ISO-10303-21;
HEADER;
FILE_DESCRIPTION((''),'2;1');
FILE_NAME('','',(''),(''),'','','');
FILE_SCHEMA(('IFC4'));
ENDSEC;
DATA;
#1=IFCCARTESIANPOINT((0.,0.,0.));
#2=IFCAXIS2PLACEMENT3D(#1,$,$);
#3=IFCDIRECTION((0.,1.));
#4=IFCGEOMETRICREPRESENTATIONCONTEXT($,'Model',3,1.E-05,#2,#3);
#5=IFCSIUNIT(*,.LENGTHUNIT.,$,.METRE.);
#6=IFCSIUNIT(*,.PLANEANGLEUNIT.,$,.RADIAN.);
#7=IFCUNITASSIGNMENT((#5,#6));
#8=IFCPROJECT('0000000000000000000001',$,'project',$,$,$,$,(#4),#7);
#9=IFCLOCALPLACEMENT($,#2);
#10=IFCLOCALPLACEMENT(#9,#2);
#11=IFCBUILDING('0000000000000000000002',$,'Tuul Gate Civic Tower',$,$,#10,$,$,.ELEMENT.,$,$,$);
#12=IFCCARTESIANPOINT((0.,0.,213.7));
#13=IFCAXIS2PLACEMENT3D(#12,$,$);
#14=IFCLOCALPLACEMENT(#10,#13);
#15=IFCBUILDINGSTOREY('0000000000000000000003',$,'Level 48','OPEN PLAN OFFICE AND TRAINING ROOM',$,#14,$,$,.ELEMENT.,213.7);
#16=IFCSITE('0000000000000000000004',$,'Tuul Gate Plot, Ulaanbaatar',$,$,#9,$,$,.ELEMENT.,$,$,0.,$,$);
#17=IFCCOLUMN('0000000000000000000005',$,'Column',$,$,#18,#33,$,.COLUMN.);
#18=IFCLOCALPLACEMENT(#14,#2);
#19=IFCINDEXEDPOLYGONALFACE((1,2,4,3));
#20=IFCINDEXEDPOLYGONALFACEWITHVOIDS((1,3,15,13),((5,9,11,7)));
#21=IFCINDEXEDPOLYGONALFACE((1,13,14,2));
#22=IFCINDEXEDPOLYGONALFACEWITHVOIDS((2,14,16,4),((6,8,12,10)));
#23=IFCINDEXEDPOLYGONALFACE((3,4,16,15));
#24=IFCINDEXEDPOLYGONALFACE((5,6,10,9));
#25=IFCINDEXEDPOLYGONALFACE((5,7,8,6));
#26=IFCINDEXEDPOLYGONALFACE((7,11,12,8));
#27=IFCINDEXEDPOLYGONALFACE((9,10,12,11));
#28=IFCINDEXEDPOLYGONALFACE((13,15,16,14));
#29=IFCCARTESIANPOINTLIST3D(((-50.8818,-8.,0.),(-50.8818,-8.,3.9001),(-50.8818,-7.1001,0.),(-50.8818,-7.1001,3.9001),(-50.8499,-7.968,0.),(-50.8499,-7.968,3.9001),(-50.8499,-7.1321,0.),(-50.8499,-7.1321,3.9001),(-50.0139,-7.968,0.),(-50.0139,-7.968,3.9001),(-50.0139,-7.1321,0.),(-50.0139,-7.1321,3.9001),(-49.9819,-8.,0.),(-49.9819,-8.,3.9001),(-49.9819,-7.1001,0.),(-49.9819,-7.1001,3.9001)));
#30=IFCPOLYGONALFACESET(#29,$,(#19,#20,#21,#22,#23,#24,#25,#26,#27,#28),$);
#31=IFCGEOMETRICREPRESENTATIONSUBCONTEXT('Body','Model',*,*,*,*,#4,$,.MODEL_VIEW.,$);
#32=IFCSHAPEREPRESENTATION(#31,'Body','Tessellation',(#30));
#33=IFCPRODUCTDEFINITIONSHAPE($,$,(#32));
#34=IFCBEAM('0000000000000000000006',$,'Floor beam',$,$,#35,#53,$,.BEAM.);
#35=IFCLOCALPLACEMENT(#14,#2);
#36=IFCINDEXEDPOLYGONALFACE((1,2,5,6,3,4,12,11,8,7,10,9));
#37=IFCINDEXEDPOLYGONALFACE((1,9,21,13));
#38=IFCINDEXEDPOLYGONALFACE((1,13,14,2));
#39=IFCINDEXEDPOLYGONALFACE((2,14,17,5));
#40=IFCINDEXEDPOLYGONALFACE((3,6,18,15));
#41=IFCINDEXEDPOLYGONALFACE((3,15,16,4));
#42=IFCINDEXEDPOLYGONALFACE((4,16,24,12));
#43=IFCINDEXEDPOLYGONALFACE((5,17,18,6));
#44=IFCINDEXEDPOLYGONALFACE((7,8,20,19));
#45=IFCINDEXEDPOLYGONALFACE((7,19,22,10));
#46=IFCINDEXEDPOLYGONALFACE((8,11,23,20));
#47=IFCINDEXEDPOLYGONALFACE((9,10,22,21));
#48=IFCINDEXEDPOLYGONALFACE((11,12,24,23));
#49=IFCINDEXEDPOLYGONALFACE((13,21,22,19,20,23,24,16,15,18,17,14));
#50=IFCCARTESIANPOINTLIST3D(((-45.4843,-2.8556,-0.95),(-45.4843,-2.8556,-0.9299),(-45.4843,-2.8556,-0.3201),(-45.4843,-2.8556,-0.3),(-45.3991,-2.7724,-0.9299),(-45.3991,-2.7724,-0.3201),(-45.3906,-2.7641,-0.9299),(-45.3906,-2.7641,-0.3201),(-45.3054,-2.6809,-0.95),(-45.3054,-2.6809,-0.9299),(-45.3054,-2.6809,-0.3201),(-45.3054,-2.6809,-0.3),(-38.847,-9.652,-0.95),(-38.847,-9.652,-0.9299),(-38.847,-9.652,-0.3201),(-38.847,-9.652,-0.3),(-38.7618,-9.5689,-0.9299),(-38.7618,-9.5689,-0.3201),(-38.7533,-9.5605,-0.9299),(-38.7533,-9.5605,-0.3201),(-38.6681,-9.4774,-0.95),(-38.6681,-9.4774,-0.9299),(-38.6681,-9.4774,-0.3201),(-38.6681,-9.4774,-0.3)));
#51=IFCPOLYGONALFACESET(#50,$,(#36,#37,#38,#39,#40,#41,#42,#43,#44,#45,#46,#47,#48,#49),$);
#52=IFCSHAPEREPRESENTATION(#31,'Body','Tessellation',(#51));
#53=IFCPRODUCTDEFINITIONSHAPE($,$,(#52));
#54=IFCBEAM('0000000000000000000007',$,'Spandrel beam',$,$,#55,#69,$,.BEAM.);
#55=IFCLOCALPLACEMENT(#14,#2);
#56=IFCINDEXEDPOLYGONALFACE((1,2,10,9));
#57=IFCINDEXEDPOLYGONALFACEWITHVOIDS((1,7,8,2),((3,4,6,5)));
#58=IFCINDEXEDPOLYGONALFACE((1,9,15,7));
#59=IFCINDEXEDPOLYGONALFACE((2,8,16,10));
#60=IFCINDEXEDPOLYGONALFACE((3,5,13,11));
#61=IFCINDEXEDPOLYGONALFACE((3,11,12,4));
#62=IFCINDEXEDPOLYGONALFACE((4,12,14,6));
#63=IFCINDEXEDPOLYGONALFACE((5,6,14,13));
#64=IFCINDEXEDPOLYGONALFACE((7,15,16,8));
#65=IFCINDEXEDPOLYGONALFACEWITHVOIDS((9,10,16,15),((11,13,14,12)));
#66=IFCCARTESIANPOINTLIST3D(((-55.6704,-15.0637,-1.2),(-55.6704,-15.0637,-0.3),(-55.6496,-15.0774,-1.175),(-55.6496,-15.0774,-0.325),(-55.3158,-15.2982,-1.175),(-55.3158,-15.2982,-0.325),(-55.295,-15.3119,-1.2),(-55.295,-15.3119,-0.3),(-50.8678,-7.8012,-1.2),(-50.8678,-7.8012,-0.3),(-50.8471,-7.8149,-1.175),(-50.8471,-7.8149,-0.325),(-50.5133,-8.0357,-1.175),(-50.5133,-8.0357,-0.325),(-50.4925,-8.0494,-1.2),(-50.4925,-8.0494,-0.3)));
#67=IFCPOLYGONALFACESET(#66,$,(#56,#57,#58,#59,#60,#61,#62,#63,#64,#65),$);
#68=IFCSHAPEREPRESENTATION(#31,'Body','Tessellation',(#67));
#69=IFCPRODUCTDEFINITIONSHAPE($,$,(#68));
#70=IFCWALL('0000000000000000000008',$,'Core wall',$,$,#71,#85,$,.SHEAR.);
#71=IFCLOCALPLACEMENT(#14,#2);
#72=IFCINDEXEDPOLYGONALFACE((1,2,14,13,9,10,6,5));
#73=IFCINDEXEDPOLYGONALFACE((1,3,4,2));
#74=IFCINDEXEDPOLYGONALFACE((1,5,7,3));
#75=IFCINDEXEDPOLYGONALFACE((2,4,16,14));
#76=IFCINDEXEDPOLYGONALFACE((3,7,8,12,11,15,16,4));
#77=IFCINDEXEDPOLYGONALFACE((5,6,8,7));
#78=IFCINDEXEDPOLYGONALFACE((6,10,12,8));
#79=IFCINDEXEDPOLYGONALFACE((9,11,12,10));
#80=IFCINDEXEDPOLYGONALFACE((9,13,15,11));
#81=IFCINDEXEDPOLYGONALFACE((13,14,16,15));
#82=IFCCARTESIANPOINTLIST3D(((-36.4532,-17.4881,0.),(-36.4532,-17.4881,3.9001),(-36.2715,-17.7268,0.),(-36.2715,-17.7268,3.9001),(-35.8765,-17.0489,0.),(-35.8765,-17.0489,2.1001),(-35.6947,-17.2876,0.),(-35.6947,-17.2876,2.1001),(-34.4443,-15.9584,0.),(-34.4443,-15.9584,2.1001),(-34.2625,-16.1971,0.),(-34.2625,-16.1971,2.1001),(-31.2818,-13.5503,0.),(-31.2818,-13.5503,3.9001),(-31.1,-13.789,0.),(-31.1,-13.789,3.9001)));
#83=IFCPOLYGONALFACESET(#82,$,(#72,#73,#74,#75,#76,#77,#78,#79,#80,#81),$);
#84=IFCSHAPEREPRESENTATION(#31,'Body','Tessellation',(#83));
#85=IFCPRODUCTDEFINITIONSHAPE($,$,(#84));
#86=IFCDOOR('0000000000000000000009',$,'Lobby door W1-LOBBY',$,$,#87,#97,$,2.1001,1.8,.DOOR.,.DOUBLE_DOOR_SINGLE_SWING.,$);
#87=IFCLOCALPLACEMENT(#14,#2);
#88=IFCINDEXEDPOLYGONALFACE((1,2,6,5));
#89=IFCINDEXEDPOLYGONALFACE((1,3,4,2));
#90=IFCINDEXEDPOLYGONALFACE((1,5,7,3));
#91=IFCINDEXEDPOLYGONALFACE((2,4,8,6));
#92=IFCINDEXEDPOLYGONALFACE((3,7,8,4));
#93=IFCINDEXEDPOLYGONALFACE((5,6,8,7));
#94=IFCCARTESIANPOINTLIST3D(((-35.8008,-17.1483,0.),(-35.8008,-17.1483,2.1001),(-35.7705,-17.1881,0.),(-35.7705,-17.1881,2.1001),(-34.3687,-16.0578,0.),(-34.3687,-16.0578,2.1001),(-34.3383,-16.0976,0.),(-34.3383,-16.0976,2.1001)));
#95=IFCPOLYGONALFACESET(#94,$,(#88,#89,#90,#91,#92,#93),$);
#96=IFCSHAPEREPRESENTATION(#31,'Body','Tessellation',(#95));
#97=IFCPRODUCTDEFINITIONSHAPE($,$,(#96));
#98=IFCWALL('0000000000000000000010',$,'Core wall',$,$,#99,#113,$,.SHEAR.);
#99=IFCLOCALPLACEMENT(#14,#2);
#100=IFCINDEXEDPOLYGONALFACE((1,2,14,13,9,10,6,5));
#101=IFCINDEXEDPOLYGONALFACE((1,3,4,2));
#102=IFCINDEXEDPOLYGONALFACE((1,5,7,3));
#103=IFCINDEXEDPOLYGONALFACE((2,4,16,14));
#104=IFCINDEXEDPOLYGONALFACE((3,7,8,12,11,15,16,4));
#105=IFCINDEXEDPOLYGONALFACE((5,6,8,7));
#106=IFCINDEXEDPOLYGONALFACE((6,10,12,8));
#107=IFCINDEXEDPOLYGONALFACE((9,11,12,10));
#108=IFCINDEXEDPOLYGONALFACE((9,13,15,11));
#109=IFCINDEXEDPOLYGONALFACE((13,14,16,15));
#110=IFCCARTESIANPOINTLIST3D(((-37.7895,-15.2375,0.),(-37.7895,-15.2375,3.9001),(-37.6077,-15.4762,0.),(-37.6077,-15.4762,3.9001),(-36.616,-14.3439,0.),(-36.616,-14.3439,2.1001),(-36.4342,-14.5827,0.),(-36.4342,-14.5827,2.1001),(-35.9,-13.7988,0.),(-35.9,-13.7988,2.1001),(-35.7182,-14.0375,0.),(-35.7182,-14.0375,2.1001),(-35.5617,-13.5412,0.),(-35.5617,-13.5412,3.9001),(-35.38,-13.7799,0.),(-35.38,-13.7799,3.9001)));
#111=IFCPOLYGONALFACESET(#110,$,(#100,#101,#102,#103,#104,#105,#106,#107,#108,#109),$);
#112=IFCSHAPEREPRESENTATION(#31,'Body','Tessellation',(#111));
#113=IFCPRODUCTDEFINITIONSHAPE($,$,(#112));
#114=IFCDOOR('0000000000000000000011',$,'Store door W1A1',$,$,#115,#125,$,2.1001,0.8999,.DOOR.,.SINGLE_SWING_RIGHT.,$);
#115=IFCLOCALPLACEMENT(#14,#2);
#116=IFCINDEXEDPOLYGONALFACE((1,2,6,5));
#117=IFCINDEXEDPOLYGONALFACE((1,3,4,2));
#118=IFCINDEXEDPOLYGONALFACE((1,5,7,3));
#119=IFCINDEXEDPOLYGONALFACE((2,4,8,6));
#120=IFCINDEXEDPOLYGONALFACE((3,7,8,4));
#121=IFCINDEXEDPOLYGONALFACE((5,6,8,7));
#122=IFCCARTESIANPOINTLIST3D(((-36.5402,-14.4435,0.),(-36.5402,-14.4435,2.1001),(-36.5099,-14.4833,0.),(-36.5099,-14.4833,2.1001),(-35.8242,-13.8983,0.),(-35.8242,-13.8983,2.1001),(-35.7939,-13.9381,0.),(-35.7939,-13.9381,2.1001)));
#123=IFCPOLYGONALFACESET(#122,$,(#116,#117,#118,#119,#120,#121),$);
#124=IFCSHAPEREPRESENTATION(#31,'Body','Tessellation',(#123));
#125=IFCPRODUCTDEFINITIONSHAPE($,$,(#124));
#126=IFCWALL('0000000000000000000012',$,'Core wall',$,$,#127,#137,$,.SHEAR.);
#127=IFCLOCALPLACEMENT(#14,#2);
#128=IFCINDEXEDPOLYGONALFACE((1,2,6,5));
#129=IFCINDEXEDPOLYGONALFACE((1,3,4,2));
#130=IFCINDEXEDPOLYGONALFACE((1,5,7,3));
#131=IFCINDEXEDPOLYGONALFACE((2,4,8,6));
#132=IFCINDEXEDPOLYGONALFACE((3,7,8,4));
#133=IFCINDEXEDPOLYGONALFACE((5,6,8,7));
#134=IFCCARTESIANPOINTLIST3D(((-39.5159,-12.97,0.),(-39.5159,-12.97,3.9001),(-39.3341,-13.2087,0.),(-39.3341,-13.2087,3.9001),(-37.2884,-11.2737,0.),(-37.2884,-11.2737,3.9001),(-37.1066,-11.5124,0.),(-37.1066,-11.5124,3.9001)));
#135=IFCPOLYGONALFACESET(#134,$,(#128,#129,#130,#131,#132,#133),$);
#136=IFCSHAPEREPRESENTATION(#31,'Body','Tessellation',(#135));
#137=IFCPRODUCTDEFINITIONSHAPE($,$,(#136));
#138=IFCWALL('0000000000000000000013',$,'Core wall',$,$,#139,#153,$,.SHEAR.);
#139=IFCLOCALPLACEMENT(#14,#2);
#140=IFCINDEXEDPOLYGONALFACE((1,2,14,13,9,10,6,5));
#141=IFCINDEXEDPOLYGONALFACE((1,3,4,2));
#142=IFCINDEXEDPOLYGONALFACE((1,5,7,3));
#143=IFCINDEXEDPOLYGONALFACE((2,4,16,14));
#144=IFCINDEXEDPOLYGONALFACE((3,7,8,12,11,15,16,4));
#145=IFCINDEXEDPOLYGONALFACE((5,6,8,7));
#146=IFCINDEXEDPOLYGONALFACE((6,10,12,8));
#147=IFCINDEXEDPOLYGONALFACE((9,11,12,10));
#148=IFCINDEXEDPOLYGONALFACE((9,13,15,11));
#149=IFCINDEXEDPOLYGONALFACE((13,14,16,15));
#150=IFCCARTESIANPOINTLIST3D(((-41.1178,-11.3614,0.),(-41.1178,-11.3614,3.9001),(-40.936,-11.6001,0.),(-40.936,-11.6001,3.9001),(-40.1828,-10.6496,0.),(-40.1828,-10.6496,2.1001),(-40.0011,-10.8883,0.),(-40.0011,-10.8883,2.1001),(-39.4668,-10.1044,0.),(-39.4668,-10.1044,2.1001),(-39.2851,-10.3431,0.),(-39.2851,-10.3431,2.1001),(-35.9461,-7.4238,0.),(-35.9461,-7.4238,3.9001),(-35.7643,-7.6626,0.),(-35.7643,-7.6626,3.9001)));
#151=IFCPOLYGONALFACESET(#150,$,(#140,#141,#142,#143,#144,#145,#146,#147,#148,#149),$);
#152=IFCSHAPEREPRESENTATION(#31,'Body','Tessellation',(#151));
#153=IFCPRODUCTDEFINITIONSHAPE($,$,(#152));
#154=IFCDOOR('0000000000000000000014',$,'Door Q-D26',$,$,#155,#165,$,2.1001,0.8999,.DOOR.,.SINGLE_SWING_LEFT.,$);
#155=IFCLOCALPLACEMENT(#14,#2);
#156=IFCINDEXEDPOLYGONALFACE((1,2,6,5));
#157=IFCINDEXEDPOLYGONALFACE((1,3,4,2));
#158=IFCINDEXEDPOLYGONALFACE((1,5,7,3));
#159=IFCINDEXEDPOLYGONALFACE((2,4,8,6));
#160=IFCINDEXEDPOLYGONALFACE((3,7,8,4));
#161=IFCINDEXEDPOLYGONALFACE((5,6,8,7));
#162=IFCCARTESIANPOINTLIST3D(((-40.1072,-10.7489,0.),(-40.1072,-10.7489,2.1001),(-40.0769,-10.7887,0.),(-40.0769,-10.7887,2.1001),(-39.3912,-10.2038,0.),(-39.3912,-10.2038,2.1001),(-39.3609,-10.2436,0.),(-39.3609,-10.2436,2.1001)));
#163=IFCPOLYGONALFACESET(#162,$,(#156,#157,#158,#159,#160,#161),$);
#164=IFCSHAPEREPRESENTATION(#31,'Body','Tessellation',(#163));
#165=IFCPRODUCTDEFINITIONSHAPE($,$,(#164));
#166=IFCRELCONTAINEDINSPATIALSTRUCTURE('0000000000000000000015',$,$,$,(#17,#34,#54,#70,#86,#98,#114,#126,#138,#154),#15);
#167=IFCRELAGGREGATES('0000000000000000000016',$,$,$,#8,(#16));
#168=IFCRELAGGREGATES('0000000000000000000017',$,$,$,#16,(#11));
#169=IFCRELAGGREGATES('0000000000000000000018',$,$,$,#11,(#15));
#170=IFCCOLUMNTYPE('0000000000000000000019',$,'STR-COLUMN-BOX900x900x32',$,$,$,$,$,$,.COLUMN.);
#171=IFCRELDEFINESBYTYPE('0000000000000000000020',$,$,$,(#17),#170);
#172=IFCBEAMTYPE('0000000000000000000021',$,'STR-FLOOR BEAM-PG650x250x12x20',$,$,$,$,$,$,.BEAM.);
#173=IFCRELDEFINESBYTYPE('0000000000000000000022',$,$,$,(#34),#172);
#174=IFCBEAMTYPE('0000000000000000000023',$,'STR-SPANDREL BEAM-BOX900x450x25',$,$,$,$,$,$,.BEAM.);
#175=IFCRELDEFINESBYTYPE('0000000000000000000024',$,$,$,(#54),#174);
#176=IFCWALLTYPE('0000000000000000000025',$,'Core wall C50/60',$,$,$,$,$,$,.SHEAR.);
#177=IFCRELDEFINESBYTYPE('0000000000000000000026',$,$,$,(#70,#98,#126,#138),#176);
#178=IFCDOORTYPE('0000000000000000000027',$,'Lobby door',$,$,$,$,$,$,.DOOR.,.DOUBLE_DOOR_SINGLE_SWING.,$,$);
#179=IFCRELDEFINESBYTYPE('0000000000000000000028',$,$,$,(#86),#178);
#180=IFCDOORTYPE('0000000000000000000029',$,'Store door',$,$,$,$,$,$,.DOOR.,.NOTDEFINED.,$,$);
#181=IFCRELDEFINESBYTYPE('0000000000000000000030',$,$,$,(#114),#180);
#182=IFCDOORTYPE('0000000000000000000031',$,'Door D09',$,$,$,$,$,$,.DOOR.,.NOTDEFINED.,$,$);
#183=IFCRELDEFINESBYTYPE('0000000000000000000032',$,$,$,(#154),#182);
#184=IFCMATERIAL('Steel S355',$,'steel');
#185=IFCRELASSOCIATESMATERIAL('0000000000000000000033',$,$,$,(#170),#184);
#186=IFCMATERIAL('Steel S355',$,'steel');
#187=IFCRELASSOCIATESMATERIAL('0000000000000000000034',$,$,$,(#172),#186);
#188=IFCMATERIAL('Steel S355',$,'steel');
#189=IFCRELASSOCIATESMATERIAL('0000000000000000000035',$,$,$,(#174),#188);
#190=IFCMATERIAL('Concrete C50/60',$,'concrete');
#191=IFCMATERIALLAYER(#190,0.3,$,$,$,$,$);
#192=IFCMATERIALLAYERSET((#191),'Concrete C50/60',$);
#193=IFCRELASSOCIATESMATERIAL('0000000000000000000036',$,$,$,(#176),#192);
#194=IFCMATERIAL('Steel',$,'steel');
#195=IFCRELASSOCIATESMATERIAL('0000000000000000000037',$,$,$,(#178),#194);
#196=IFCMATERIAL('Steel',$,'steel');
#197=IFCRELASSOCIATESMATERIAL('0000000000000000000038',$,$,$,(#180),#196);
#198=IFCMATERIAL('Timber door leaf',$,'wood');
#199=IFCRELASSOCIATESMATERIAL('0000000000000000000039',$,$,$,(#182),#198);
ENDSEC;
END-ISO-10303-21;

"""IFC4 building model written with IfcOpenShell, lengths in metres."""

from ifc_helpers import new_model, si_unit, direction, frame, frame_2d, origin, origin_2d, place, context, subcontext, project, spatial, rectangle, hollow_rectangle, i_section, extrude, material, layer, layer_set, material_profile, profile_set, type_object, element, fill, save


model = new_model("IFC4")

# Units and contexts
model_context = context("Model", 3, precision=1e-05, world=origin(), true_north=direction((0.0, 1.0)))
body_context = subcontext(model_context, "Body", "Model", "MODEL_VIEW")
ifc_project = project(units=[si_unit("LENGTHUNIT", "METRE"), si_unit("PLANEANGLEUNIT", "RADIAN")], contexts=[model_context])

# Site, building, storey
site_placement = place(None, origin())
site = spatial("IfcSite", under=ifc_project, at=site_placement, Name="Tuul Gate Plot, Ulaanbaatar", CompositionType="ELEMENT", RefElevation=0.0)
building_placement = place(site_placement, origin())
building = spatial("IfcBuilding", under=site, at=building_placement, Name="Tuul Gate Civic Tower", CompositionType="ELEMENT")
storey_placement = place(building_placement, frame((0.0, 0.0, 213.7)))
storey = spatial("IfcBuildingStorey", under=building, at=storey_placement, Name="Level 48", Description="OPEN PLAN OFFICE AND TRAINING ROOM", CompositionType="ELEMENT", Elevation=213.7)

# Column
ifc_material_1 = material(Name="Steel S355", Category="steel")
ifc_material_profile_1 = material_profile(ifc_material_1, hollow_rectangle(XDim=0.8999, YDim=0.8999, WallThickness=0.032, at=origin_2d()), Name="BOX900x900x32")
ifc_profile_set_1 = profile_set([ifc_material_profile_1], Name="Steel S355")
column_type = type_object("IfcColumnType", Name="STR-COLUMN-BOX900x900x32", PredefinedType="COLUMN", material=ifc_profile_set_1)
column_placement = place(storey_placement, frame((-50.4319, -7.55, 0.0), z_axis=(0.0, 0.0, 1.0), x_axis=(1.0, 0.0, 0.0)))
element("IfcColumn", 1, at=column_placement, inside=storey, type_object=column_type, Name="Column", PredefinedType="COLUMN", context=body_context, shape_type="SweptSolid", body=[
    extrude(hollow_rectangle(XDim=0.8999, YDim=0.8999, WallThickness=0.032, at=origin_2d()), origin(), (0.0, 0.0, 1.0), 3.9001),
])

# Beams
ifc_material_2 = material(Name="Steel S355", Category="steel")
ifc_material_profile_2 = material_profile(ifc_material_2, i_section(OverallWidth=0.25, OverallDepth=0.6499, WebThickness=0.012, FlangeThickness=0.02, at=origin_2d()), Name="PG650x250x12x20")
ifc_profile_set_2 = profile_set([ifc_material_profile_2], Name="Steel S355")
beam_type_1 = type_object("IfcBeamType", Name="STR-FLOOR BEAM-PG650x250x12x20", PredefinedType="BEAM", material=ifc_profile_set_2)
beam_1_placement = place(storey_placement, frame((-38.7576, -9.5647, -0.625), z_axis=(-0.698679, 0.715435, 0.0), x_axis=(-0.715435, -0.698679, 0.0)))
element("IfcBeam", 2, at=beam_1_placement, inside=storey, type_object=beam_type_1, Name="Floor beam", PredefinedType="BEAM", context=body_context, shape_type="SweptSolid", body=[
    extrude(i_section(OverallWidth=0.25, OverallDepth=0.6499, WebThickness=0.012, FlangeThickness=0.02, at=origin_2d()), origin(), (0.0, 0.0, 1.0), 9.4998),
])
ifc_material_3 = material(Name="Steel S355", Category="steel")
ifc_material_profile_3 = material_profile(ifc_material_3, hollow_rectangle(XDim=0.45, YDim=0.8999, WallThickness=0.0249, at=origin_2d()), Name="BOX900x450x25")
ifc_profile_set_3 = profile_set([ifc_material_profile_3], Name="Steel S355")
beam_type_2 = type_object("IfcBeamType", Name="STR-SPANDREL BEAM-BOX900x450x25", PredefinedType="BEAM", material=ifc_profile_set_3)
beam_2_placement = place(storey_placement, frame((-50.6802, -7.9253, -0.75), z_axis=(-0.551584, -0.834119, 0.0), x_axis=(0.834119, -0.551584, 0.0)))
element("IfcBeam", 3, at=beam_2_placement, inside=storey, type_object=beam_type_2, Name="Spandrel beam", PredefinedType="BEAM", context=body_context, shape_type="SweptSolid", body=[
    extrude(hollow_rectangle(XDim=0.45, YDim=0.8999, WallThickness=0.0249, at=origin_2d()), origin(), (0.0, 0.0, 1.0), 8.7068),
])

# Walls, openings, doors
ifc_material_4 = material(Name="Concrete C50/60", Category="concrete")
ifc_layer_1 = layer(ifc_material_4, 0.3)
ifc_layer_set_1 = layer_set([ifc_layer_1], Name="Concrete C50/60")
wall_type_1 = type_object("IfcWallType", Name="Core wall C50/60", PredefinedType="SHEAR", material=ifc_layer_set_1)
wall_1_placement = place(storey_placement, frame((-31.1909, -13.6697, 0.0), z_axis=(0.0, 0.0, 1.0), x_axis=(-0.795607, -0.605813, 0.0)))
wall_1 = element("IfcWall", 4, at=wall_1_placement, inside=storey, type_object=wall_type_1, Name="Core wall", PredefinedType="SHEAR", context=body_context, shape_type="SweptSolid", body=[
    extrude(rectangle(XDim=6.5, YDim=0.3, at=frame_2d((3.25, 0.0))), origin(), (0.0, 0.0, 1.0), 3.9001),
])
opening_1_placement = place(wall_1_placement, frame((3.9751, 0.0, 0.0)))
opening_1 = element("IfcOpeningElement", 5, at=opening_1_placement, cuts=wall_1, PredefinedType="OPENING", context=body_context, shape_type="SweptSolid", body=[
    extrude(rectangle(XDim=1.8, YDim=2.1001, at=frame_2d((0.8999, 1.05))), frame((0.0, 0.1602, 0.0), z_axis=(0.0, -1.0, 0.0), x_axis=(1.0, 0.0, 0.0)), (0.0, 0.0, 1.0), 0.3201),
])
ifc_material_5 = material(Name="Steel", Category="steel")
door_type_1 = type_object("IfcDoorType", Name="Lobby door", OperationType="DOUBLE_DOOR_SINGLE_SWING", PredefinedType="DOOR", material=ifc_material_5)
door_1_placement = place(opening_1_placement, origin())
door_1 = element("IfcDoor", 6, at=door_1_placement, inside=storey, type_object=door_type_1, Name="Lobby door W1-LOBBY", OperationType="DOUBLE_DOOR_SINGLE_SWING", OverallHeight=2.1001, OverallWidth=1.8, PredefinedType="DOOR", context=body_context, shape_type="SweptSolid", body=[
    extrude(rectangle(XDim=1.8, YDim=2.1001, at=frame_2d((0.8999, 1.05))), frame((0.0, 0.0249, 0.0), z_axis=(0.0, -1.0, 0.0), x_axis=(1.0, 0.0, 0.0)), (0.0, 0.0, 1.0), 0.05),
])
fill(opening_1, door_1)
wall_2_placement = place(storey_placement, frame((-35.4709, -13.6606, 0.0), z_axis=(0.0, 0.0, 1.0), x_axis=(-0.795616, -0.605802, 0.0)))
wall_2 = element("IfcWall", 7, at=wall_2_placement, inside=storey, type_object=wall_type_1, Name="Core wall", PredefinedType="SHEAR", context=body_context, shape_type="SweptSolid", body=[
    extrude(rectangle(XDim=2.8, YDim=0.3, at=frame_2d((1.3999, 0.0))), origin(), (0.0, 0.0, 1.0), 3.9001),
])
opening_2_placement = place(wall_2_placement, frame((0.425, 0.0, 0.0)))
opening_2 = element("IfcOpeningElement", 8, at=opening_2_placement, cuts=wall_2, PredefinedType="OPENING", context=body_context, shape_type="SweptSolid", body=[
    extrude(rectangle(XDim=0.8999, YDim=2.1001, at=frame_2d((0.45, 1.05))), frame((0.0, 0.1602, 0.0), z_axis=(0.0, -1.0, 0.0), x_axis=(1.0, 0.0, 0.0)), (0.0, 0.0, 1.0), 0.3201),
])
ifc_material_6 = material(Name="Steel", Category="steel")
door_type_2 = type_object("IfcDoorType", Name="Store door", OperationType="NOTDEFINED", PredefinedType="DOOR", material=ifc_material_6)
door_2_placement = place(opening_2_placement, frame((0.8999, 0.0, 0.0), z_axis=(0.0, 0.0, 1.0), x_axis=(-1.0, 0.0, 0.0)))
door_2 = element("IfcDoor", 9, at=door_2_placement, inside=storey, type_object=door_type_2, Name="Store door W1A1", OperationType="SINGLE_SWING_RIGHT", OverallHeight=2.1001, OverallWidth=0.8999, PredefinedType="DOOR", context=body_context, shape_type="SweptSolid", body=[
    extrude(rectangle(XDim=0.8999, YDim=2.1001, at=frame_2d((0.45, 1.05))), frame((0.0, 0.0249, 0.0), z_axis=(0.0, -1.0, 0.0), x_axis=(1.0, 0.0, 0.0)), (0.0, 0.0, 1.0), 0.05),
])
fill(opening_2, door_2)

# Wall
wall_3_placement = place(storey_placement, frame((-37.1975, -11.3931, 0.0), z_axis=(0.0, 0.0, 1.0), x_axis=(-0.795584, -0.605844, 0.0)))
element("IfcWall", 10, at=wall_3_placement, inside=storey, type_object=wall_type_1, Name="Core wall", PredefinedType="SHEAR", context=body_context, shape_type="SweptSolid", body=[
    extrude(rectangle(XDim=2.7998, YDim=0.3, at=frame_2d((1.3999, 0.0))), origin(), (0.0, 0.0, 1.0), 3.9001),
])

# Wall, opening, door
wall_4_placement = place(storey_placement, frame((-35.8552, -7.5432, 0.0), z_axis=(0.0, 0.0, 1.0), x_axis=(-0.795639, -0.605772, 0.0)))
wall_4 = element("IfcWall", 11, at=wall_4_placement, inside=storey, type_object=wall_type_1, Name="Core wall", PredefinedType="SHEAR", context=body_context, shape_type="SweptSolid", body=[
    extrude(rectangle(XDim=6.5, YDim=0.3, at=frame_2d((3.25, 0.0))), origin(), (0.0, 0.0, 1.0), 3.9001),
])
opening_3_placement = place(wall_4_placement, frame((4.425, 0.0, 0.0)))
opening_3 = element("IfcOpeningElement", 12, at=opening_3_placement, cuts=wall_4, PredefinedType="OPENING", context=body_context, shape_type="SweptSolid", body=[
    extrude(rectangle(XDim=0.8999, YDim=2.1001, at=frame_2d((0.45, 1.05))), frame((0.0, 0.1602, 0.0), z_axis=(0.0, -1.0, 0.0), x_axis=(1.0, 0.0, 0.0)), (0.0, 0.0, 1.0), 0.3201),
])
ifc_material_7 = material(Name="Timber door leaf", Category="wood")
door_type_3 = type_object("IfcDoorType", Name="Door D09", OperationType="NOTDEFINED", PredefinedType="DOOR", material=ifc_material_7)
door_3_placement = place(opening_3_placement, origin())
door_3 = element("IfcDoor", 13, at=door_3_placement, inside=storey, type_object=door_type_3, Name="Door Q-D26", OperationType="SINGLE_SWING_LEFT", OverallHeight=2.1001, OverallWidth=0.8999, PredefinedType="DOOR", context=body_context, shape_type="SweptSolid", body=[
    extrude(rectangle(XDim=0.8999, YDim=2.1001, at=frame_2d((0.45, 1.05))), frame((0.0, 0.0249, 0.0), z_axis=(0.0, -1.0, 0.0), x_axis=(1.0, 0.0, 0.0)), (0.0, 0.0, 1.0), 0.05),
])
fill(opening_3, door_3)

save(model, "model.ifc")
